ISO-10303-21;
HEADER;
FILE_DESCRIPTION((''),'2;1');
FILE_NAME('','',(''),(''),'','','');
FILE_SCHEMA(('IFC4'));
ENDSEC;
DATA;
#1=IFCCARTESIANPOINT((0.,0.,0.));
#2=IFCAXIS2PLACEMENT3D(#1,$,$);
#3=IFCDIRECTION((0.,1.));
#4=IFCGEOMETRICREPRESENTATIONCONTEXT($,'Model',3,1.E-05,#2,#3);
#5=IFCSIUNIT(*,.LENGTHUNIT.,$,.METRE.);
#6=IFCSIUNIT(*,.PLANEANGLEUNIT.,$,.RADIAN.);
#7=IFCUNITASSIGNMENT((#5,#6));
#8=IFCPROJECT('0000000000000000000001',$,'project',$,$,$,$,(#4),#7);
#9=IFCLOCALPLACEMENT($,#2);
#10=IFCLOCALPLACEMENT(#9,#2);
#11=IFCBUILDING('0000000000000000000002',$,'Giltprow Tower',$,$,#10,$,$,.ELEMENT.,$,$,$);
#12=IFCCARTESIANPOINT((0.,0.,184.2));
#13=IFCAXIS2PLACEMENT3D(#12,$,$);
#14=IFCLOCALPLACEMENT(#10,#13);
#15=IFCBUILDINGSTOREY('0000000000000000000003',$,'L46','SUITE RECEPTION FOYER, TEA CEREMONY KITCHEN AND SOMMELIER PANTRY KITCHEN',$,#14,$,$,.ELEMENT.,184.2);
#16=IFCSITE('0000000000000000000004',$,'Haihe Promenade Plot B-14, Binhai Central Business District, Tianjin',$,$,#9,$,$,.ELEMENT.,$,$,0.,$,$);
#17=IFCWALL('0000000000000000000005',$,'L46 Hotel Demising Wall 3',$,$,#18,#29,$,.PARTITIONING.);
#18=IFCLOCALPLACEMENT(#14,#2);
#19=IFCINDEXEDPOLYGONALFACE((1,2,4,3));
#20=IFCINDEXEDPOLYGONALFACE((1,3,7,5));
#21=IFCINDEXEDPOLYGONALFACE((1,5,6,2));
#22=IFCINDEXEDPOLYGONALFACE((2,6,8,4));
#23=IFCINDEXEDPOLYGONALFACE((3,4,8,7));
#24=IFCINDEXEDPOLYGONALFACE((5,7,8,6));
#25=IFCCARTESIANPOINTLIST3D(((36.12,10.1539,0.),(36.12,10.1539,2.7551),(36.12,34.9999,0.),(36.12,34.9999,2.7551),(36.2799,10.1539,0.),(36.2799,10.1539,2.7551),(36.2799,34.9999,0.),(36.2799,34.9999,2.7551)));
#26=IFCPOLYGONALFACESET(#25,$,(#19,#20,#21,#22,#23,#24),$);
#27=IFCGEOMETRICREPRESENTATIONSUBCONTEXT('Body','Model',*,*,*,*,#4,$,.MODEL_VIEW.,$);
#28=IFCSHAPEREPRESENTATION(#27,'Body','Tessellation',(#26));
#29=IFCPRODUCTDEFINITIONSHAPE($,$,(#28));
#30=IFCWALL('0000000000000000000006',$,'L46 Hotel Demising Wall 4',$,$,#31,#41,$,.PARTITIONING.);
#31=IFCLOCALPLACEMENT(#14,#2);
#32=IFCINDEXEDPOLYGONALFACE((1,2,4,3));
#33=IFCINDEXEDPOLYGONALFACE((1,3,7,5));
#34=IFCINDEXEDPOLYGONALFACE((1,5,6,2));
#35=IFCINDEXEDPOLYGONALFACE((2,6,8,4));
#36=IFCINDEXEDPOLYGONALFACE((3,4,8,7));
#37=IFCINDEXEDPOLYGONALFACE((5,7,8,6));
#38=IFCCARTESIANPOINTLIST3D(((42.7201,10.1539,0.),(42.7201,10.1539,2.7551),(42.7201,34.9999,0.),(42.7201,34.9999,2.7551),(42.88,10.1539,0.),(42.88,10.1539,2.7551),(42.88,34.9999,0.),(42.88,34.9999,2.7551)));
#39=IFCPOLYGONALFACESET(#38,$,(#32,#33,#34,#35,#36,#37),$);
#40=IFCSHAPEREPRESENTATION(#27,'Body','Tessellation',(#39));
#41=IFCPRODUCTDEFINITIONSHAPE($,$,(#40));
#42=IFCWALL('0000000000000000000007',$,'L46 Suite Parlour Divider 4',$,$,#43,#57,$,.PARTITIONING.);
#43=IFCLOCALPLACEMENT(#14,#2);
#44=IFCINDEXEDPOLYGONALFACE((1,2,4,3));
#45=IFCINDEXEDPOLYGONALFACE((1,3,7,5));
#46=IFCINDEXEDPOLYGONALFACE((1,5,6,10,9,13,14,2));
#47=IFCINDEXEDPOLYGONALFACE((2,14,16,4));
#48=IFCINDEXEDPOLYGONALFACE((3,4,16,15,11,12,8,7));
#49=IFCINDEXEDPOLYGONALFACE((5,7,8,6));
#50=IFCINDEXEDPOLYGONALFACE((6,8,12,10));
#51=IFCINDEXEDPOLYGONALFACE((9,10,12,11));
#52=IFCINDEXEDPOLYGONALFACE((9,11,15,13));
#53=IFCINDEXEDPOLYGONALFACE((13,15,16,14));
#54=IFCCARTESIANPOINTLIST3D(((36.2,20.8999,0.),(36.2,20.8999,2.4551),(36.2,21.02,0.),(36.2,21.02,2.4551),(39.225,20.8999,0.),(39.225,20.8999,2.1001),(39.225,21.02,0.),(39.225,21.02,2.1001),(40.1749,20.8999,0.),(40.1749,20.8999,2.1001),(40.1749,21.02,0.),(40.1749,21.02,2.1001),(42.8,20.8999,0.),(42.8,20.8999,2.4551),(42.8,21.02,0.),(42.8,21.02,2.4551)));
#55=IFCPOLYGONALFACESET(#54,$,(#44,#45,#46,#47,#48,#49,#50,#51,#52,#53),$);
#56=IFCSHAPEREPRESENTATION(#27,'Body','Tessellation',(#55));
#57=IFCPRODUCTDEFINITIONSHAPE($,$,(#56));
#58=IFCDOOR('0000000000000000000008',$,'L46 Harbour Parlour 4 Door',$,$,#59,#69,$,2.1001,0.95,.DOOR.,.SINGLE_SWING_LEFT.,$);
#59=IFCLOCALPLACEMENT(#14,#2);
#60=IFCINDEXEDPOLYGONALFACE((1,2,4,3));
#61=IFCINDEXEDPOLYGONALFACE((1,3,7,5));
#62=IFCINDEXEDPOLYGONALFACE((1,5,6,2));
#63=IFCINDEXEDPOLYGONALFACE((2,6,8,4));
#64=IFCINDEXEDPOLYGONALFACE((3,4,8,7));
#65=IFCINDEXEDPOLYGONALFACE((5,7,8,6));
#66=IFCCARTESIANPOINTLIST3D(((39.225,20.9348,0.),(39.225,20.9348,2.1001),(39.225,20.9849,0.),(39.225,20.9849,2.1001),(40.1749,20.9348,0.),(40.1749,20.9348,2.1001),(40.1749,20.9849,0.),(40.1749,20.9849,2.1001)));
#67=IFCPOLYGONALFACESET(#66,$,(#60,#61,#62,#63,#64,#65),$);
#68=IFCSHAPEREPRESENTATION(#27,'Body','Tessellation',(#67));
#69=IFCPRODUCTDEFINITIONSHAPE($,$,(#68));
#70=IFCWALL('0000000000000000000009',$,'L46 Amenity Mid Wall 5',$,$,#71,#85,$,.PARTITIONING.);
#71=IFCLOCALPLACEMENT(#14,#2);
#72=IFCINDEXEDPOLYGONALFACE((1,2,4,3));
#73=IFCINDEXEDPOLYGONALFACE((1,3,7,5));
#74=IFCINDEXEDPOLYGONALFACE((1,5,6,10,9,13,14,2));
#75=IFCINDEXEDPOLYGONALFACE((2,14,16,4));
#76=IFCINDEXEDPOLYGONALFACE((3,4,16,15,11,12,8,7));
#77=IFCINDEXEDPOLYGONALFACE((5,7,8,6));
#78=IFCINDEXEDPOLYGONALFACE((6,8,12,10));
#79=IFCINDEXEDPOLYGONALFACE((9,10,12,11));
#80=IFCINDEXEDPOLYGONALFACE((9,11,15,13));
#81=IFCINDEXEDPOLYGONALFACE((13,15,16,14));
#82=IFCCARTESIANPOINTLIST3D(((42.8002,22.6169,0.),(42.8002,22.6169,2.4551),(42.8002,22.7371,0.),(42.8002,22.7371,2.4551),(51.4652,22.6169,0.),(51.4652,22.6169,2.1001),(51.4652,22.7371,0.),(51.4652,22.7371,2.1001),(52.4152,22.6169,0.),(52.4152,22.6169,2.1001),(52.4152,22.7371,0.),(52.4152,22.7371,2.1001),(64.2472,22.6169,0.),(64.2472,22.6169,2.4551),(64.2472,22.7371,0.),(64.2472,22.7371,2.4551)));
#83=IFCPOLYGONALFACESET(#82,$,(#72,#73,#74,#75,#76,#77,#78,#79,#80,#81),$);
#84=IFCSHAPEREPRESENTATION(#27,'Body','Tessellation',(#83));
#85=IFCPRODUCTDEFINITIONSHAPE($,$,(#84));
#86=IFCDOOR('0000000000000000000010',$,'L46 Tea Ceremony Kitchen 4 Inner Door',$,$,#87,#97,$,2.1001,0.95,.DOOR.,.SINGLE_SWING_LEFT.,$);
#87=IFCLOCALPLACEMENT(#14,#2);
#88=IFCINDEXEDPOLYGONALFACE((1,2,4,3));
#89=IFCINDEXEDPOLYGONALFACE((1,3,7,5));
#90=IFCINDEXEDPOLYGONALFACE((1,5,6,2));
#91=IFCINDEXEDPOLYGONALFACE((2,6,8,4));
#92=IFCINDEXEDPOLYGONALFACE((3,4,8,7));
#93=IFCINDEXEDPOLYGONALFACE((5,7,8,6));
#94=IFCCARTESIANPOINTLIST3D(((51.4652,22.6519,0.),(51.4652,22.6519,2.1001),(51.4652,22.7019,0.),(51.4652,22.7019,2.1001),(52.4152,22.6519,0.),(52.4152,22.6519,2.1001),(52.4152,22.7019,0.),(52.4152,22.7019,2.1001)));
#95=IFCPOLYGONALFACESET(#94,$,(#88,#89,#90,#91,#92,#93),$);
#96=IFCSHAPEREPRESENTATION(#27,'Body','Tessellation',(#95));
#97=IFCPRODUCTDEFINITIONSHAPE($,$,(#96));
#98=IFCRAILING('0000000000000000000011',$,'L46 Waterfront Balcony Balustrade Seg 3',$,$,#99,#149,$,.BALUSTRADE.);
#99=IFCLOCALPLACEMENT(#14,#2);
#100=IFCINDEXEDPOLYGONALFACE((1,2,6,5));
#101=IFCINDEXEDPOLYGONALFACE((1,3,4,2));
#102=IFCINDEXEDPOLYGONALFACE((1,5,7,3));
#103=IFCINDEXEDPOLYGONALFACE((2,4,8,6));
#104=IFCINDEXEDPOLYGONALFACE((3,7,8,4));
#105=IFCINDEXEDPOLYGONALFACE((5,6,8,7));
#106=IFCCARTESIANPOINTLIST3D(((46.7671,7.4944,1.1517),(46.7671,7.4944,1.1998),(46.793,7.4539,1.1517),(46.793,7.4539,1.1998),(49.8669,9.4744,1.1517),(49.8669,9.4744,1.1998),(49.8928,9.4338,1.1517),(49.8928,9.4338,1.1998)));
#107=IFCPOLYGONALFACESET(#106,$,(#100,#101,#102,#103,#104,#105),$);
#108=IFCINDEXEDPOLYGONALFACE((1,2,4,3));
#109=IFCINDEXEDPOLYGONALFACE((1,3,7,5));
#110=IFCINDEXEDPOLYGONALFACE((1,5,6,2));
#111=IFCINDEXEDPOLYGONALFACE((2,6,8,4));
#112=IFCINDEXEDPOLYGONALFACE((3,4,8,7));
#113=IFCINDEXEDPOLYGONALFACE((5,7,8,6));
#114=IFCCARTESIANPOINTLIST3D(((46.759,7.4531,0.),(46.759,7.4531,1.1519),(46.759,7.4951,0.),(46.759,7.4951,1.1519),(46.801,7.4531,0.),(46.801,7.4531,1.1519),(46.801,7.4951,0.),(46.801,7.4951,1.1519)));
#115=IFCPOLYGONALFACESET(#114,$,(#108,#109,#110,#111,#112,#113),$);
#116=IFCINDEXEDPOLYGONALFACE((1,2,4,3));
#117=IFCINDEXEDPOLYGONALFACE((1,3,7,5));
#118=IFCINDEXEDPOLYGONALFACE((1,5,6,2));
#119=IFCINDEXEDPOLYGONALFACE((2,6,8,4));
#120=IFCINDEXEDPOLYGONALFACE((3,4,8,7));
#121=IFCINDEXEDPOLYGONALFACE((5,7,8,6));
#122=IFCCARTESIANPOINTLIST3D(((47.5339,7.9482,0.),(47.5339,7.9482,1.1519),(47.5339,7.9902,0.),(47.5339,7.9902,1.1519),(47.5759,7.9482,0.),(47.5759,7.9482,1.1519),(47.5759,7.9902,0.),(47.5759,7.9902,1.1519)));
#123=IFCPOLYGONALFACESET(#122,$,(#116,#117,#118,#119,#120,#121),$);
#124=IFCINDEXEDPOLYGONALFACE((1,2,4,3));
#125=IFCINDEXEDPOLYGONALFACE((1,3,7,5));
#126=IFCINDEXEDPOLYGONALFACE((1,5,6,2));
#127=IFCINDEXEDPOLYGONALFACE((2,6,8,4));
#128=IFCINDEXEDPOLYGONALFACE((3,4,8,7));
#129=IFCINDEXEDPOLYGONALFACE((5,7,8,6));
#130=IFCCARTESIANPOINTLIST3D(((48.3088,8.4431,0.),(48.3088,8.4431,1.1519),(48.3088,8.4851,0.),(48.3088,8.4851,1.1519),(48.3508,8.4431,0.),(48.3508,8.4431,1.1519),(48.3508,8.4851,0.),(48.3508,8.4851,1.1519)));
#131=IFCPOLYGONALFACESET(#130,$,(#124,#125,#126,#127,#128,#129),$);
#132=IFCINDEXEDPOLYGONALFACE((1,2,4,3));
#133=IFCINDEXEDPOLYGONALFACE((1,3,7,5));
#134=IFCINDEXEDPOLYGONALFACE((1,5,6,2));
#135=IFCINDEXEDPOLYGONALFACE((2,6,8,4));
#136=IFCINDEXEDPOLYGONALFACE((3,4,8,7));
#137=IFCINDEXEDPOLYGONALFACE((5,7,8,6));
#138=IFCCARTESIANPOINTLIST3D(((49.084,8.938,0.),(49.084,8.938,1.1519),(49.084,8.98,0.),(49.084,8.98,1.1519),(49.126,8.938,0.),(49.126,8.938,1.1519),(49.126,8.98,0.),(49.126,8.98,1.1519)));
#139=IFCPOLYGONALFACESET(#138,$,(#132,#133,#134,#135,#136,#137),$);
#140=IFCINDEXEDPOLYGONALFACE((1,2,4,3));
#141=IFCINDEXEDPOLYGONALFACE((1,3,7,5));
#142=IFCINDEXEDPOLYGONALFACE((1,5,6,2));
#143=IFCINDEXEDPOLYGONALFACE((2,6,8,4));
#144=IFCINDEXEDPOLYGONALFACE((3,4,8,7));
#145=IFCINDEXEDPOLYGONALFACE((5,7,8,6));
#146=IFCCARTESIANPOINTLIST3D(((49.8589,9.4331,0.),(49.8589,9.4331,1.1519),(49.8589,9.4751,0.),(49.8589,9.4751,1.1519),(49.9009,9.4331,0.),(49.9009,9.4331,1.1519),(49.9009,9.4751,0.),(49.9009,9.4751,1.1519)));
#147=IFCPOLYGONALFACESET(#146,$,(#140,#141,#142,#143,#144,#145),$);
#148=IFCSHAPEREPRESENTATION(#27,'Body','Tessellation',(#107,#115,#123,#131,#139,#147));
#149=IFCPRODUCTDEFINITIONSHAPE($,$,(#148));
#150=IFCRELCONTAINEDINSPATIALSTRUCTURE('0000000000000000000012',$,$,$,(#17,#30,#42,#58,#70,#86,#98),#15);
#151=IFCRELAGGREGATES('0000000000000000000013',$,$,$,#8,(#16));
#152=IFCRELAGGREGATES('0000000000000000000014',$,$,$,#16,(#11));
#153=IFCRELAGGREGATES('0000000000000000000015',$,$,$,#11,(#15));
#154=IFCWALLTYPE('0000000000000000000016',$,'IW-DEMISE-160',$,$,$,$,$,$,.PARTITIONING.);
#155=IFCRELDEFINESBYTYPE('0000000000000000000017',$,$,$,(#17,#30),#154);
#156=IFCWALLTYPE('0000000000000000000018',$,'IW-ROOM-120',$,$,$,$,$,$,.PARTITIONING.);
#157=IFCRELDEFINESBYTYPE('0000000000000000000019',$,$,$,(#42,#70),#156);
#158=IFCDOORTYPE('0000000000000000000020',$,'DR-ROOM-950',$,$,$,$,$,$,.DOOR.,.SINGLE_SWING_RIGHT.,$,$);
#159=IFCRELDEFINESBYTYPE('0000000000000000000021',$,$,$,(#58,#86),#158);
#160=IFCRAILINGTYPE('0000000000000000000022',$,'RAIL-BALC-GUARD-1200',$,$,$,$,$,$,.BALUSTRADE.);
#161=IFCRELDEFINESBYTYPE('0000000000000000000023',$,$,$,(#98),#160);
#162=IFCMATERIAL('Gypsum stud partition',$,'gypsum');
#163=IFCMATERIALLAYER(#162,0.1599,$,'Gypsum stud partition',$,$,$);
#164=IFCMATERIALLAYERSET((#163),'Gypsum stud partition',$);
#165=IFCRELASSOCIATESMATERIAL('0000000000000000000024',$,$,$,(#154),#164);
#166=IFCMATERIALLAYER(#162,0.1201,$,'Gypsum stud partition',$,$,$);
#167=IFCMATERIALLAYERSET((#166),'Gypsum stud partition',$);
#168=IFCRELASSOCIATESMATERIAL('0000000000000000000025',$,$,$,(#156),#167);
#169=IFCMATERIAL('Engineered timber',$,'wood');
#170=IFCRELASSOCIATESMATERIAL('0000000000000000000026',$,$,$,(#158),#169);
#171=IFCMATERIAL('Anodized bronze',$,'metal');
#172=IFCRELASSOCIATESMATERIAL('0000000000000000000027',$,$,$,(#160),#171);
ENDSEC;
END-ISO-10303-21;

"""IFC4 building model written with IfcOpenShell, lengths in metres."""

from ifc_helpers import new_model, si_unit, direction, frame, frame_2d, origin, origin_2d, place, context, subcontext, project, spatial, rectangle, extrude, source, transform, mapped, material, layer, layer_set, type_object, element, fill, save


model = new_model("IFC4")

# Units and contexts
model_context = context("Model", 3, precision=1e-05, world=origin(), true_north=direction((0.0, 1.0)))
body_context = subcontext(model_context, "Body", "Model", "MODEL_VIEW")
ifc_project = project(units=[si_unit("LENGTHUNIT", "METRE"), si_unit("PLANEANGLEUNIT", "RADIAN")], contexts=[model_context])

# Site, building, storey
site_placement = place(None, origin())
site = spatial("IfcSite", under=ifc_project, at=site_placement, Name="Haihe Promenade Plot B-14, Binhai Central Business District, Tianjin", CompositionType="ELEMENT", RefElevation=0.0)
building_placement = place(site_placement, origin())
building = spatial("IfcBuilding", under=site, at=building_placement, Name="Giltprow Tower", CompositionType="ELEMENT")
storey_placement = place(building_placement, frame((0.0, 0.0, 184.2)))
storey = spatial("IfcBuildingStorey", under=building, at=storey_placement, Name="L46", Description="SUITE RECEPTION FOYER, TEA CEREMONY KITCHEN AND SOMMELIER PANTRY KITCHEN", CompositionType="ELEMENT", Elevation=184.2)

# Shared definitions
ifc_material_1 = material(Name="Anodized bronze", Category="metal")

# Walls
ifc_material_2 = material(Name="Gypsum stud partition", Category="gypsum")
ifc_layer_1 = layer(ifc_material_2, 0.1599, Name="Gypsum stud partition")
ifc_layer_set_1 = layer_set([ifc_layer_1], Name="Gypsum stud partition")
wall_type_1 = type_object("IfcWallType", Name="IW-DEMISE-160", PredefinedType="PARTITIONING", material=ifc_layer_set_1)
for number, where, z_axis, x_axis, name in (
    (1, (36.2, 10.1541, 0.0), (0.0, 0.0, 1.0), (0.0, 1.0, 0.0), "L46 Hotel Demising Wall 3"),
    (2, (42.8, 10.1541, 0.0), (0.0, 0.0, 1.0), (0.0, 1.0, 0.0), "L46 Hotel Demising Wall 4"),
):
    element("IfcWall", number, at=place(storey_placement, frame(where, z_axis=z_axis, x_axis=x_axis)), inside=storey, type_object=wall_type_1, Name=name, PredefinedType="PARTITIONING", context=body_context, shape_type="SweptSolid", body=[
        extrude(rectangle(XDim=24.8459, YDim=0.1599, at=frame_2d((12.4229, 0.0))), origin(), (0.0, 0.0, 1.0), 2.7551),
    ])

# Walls, openings, doors
ifc_layer_2 = layer(ifc_material_2, 0.1201, Name="Gypsum stud partition")
ifc_layer_set_2 = layer_set([ifc_layer_2], Name="Gypsum stud partition")
wall_type_2 = type_object("IfcWallType", Name="IW-ROOM-120", PredefinedType="PARTITIONING", material=ifc_layer_set_2)
wall_1_placement = place(storey_placement, frame((36.2, 20.96, 0.0), z_axis=(0.0, 0.0, 1.0), x_axis=(1.0, 0.0, 0.0)))
wall_1 = element("IfcWall", 3, at=wall_1_placement, inside=storey, type_object=wall_type_2, Name="L46 Suite Parlour Divider 4", PredefinedType="PARTITIONING", context=body_context, shape_type="SweptSolid", body=[
    extrude(rectangle(XDim=6.6001, YDim=0.1201, at=frame_2d((3.3, 0.0))), origin(), (0.0, 0.0, 1.0), 2.4551),
])
opening_1_placement = place(wall_1_placement, frame((3.0249, 0.0, 0.0)))
opening_1 = element("IfcOpeningElement", 4, at=opening_1_placement, cuts=wall_1, PredefinedType="OPENING", context=body_context, shape_type="SweptSolid", body=[
    extrude(rectangle(XDim=0.95, YDim=2.1001, at=frame_2d((0.4751, 1.05))), frame((0.0, 0.0701, 0.0), z_axis=(0.0, -1.0, 0.0), x_axis=(1.0, 0.0, 0.0)), (0.0, 0.0, 1.0), 0.1401),
])
ifc_material_3 = material(Name="Engineered timber", Category="wood")
door_type_1 = type_object("IfcDoorType", Name="DR-ROOM-950", OperationType="SINGLE_SWING_RIGHT", PredefinedType="DOOR", material=ifc_material_3)
shared_shape_1 = source(origin(), body_context, "Body", "SweptSolid", [
    extrude(rectangle(XDim=0.95, YDim=2.1001, at=frame_2d((0.4751, 1.05))), frame((0.0, 0.0249, 0.0), z_axis=(0.0, -1.0, 0.0), x_axis=(1.0, 0.0, 0.0)), (0.0, 0.0, 1.0), 0.05),
])
door_1_placement = place(opening_1_placement, origin())
door_1 = element("IfcDoor", 5, at=door_1_placement, inside=storey, type_object=door_type_1, Name="L46 Harbour Parlour 4 Door", OperationType="SINGLE_SWING_LEFT", OverallHeight=2.1001, OverallWidth=0.95, PredefinedType="DOOR", context=body_context, shape_type="MappedRepresentation", body=[
    mapped(shared_shape_1, transform((0.0, 0.0, 0.0), x_axis=(1.0, 0.0, 0.0), y_axis=(0.0, 1.0, 0.0), z_axis=(0.0, 0.0, 1.0), scale=1.0)),
])
fill(opening_1, door_1)
wall_2_placement = place(storey_placement, frame((42.8, 22.677, 0.0), z_axis=(0.0, 0.0, 1.0), x_axis=(1.0, 0.0, 0.0)))
wall_2 = element("IfcWall", 6, at=wall_2_placement, inside=storey, type_object=wall_type_2, Name="L46 Amenity Mid Wall 5", PredefinedType="PARTITIONING", context=body_context, shape_type="SweptSolid", body=[
    extrude(rectangle(XDim=21.447, YDim=0.1201, at=frame_2d((10.7236, 0.0))), origin(), (0.0, 0.0, 1.0), 2.4551),
])
opening_2_placement = place(wall_2_placement, frame((8.665, 0.0, 0.0)))
opening_2 = element("IfcOpeningElement", 7, at=opening_2_placement, cuts=wall_2, PredefinedType="OPENING", context=body_context, shape_type="SweptSolid", body=[
    extrude(rectangle(XDim=0.95, YDim=2.1001, at=frame_2d((0.4751, 1.05))), frame((0.0, 0.0701, 0.0), z_axis=(0.0, -1.0, 0.0), x_axis=(1.0, 0.0, 0.0)), (0.0, 0.0, 1.0), 0.1401),
])
door_2_placement = place(opening_2_placement, origin())
door_2 = element("IfcDoor", 8, at=door_2_placement, inside=storey, type_object=door_type_1, Name="L46 Tea Ceremony Kitchen 4 Inner Door", OperationType="SINGLE_SWING_LEFT", OverallHeight=2.1001, OverallWidth=0.95, PredefinedType="DOOR", context=body_context, shape_type="MappedRepresentation", body=[
    mapped(shared_shape_1, transform((0.0, 0.0, 0.0), x_axis=(1.0, 0.0, 0.0), y_axis=(0.0, 1.0, 0.0), z_axis=(0.0, 0.0, 1.0), scale=1.0)),
])
fill(opening_2, door_2)

# Railing
railing_type = type_object("IfcRailingType", Name="RAIL-BALC-GUARD-1200", PredefinedType="BALUSTRADE", material=ifc_material_1)
railing_1_placement = place(storey_placement, frame((46.78, 7.4741, 0.0)))
element("IfcRailing", 9, at=railing_1_placement, inside=storey, type_object=railing_type, Name="L46 Waterfront Balcony Balustrade Seg 3", PredefinedType="BALUSTRADE", context=body_context, shape_type="SweptSolid", body=[
    extrude(rectangle(XDim=0.0481, YDim=0.0481, at=origin_2d()), frame((0.0, 0.0, 1.1758), z_axis=(0.842756, 0.538296, 0.0), x_axis=(-0.538296, 0.842756, 0.0)), (0.0, 0.0, 1.0), 3.6782),
    extrude(rectangle(XDim=0.042, YDim=0.042, at=origin_2d()), origin(), (0.0, 0.0, 1.0), 1.1519),
    extrude(rectangle(XDim=0.042, YDim=0.042, at=origin_2d()), frame((0.7749, 0.4951, 0.0)), (0.0, 0.0, 1.0), 1.1519),
    extrude(rectangle(XDim=0.042, YDim=0.042, at=origin_2d()), frame((1.5498, 0.99, 0.0)), (0.0, 0.0, 1.0), 1.1519),
    extrude(rectangle(XDim=0.042, YDim=0.042, at=origin_2d()), frame((2.325, 1.4849, 0.0)), (0.0, 0.0, 1.0), 1.1519),
    extrude(rectangle(XDim=0.042, YDim=0.042, at=origin_2d()), frame((3.0999, 1.98, 0.0)), (0.0, 0.0, 1.0), 1.1519),
])

save(model, "model.ifc")
